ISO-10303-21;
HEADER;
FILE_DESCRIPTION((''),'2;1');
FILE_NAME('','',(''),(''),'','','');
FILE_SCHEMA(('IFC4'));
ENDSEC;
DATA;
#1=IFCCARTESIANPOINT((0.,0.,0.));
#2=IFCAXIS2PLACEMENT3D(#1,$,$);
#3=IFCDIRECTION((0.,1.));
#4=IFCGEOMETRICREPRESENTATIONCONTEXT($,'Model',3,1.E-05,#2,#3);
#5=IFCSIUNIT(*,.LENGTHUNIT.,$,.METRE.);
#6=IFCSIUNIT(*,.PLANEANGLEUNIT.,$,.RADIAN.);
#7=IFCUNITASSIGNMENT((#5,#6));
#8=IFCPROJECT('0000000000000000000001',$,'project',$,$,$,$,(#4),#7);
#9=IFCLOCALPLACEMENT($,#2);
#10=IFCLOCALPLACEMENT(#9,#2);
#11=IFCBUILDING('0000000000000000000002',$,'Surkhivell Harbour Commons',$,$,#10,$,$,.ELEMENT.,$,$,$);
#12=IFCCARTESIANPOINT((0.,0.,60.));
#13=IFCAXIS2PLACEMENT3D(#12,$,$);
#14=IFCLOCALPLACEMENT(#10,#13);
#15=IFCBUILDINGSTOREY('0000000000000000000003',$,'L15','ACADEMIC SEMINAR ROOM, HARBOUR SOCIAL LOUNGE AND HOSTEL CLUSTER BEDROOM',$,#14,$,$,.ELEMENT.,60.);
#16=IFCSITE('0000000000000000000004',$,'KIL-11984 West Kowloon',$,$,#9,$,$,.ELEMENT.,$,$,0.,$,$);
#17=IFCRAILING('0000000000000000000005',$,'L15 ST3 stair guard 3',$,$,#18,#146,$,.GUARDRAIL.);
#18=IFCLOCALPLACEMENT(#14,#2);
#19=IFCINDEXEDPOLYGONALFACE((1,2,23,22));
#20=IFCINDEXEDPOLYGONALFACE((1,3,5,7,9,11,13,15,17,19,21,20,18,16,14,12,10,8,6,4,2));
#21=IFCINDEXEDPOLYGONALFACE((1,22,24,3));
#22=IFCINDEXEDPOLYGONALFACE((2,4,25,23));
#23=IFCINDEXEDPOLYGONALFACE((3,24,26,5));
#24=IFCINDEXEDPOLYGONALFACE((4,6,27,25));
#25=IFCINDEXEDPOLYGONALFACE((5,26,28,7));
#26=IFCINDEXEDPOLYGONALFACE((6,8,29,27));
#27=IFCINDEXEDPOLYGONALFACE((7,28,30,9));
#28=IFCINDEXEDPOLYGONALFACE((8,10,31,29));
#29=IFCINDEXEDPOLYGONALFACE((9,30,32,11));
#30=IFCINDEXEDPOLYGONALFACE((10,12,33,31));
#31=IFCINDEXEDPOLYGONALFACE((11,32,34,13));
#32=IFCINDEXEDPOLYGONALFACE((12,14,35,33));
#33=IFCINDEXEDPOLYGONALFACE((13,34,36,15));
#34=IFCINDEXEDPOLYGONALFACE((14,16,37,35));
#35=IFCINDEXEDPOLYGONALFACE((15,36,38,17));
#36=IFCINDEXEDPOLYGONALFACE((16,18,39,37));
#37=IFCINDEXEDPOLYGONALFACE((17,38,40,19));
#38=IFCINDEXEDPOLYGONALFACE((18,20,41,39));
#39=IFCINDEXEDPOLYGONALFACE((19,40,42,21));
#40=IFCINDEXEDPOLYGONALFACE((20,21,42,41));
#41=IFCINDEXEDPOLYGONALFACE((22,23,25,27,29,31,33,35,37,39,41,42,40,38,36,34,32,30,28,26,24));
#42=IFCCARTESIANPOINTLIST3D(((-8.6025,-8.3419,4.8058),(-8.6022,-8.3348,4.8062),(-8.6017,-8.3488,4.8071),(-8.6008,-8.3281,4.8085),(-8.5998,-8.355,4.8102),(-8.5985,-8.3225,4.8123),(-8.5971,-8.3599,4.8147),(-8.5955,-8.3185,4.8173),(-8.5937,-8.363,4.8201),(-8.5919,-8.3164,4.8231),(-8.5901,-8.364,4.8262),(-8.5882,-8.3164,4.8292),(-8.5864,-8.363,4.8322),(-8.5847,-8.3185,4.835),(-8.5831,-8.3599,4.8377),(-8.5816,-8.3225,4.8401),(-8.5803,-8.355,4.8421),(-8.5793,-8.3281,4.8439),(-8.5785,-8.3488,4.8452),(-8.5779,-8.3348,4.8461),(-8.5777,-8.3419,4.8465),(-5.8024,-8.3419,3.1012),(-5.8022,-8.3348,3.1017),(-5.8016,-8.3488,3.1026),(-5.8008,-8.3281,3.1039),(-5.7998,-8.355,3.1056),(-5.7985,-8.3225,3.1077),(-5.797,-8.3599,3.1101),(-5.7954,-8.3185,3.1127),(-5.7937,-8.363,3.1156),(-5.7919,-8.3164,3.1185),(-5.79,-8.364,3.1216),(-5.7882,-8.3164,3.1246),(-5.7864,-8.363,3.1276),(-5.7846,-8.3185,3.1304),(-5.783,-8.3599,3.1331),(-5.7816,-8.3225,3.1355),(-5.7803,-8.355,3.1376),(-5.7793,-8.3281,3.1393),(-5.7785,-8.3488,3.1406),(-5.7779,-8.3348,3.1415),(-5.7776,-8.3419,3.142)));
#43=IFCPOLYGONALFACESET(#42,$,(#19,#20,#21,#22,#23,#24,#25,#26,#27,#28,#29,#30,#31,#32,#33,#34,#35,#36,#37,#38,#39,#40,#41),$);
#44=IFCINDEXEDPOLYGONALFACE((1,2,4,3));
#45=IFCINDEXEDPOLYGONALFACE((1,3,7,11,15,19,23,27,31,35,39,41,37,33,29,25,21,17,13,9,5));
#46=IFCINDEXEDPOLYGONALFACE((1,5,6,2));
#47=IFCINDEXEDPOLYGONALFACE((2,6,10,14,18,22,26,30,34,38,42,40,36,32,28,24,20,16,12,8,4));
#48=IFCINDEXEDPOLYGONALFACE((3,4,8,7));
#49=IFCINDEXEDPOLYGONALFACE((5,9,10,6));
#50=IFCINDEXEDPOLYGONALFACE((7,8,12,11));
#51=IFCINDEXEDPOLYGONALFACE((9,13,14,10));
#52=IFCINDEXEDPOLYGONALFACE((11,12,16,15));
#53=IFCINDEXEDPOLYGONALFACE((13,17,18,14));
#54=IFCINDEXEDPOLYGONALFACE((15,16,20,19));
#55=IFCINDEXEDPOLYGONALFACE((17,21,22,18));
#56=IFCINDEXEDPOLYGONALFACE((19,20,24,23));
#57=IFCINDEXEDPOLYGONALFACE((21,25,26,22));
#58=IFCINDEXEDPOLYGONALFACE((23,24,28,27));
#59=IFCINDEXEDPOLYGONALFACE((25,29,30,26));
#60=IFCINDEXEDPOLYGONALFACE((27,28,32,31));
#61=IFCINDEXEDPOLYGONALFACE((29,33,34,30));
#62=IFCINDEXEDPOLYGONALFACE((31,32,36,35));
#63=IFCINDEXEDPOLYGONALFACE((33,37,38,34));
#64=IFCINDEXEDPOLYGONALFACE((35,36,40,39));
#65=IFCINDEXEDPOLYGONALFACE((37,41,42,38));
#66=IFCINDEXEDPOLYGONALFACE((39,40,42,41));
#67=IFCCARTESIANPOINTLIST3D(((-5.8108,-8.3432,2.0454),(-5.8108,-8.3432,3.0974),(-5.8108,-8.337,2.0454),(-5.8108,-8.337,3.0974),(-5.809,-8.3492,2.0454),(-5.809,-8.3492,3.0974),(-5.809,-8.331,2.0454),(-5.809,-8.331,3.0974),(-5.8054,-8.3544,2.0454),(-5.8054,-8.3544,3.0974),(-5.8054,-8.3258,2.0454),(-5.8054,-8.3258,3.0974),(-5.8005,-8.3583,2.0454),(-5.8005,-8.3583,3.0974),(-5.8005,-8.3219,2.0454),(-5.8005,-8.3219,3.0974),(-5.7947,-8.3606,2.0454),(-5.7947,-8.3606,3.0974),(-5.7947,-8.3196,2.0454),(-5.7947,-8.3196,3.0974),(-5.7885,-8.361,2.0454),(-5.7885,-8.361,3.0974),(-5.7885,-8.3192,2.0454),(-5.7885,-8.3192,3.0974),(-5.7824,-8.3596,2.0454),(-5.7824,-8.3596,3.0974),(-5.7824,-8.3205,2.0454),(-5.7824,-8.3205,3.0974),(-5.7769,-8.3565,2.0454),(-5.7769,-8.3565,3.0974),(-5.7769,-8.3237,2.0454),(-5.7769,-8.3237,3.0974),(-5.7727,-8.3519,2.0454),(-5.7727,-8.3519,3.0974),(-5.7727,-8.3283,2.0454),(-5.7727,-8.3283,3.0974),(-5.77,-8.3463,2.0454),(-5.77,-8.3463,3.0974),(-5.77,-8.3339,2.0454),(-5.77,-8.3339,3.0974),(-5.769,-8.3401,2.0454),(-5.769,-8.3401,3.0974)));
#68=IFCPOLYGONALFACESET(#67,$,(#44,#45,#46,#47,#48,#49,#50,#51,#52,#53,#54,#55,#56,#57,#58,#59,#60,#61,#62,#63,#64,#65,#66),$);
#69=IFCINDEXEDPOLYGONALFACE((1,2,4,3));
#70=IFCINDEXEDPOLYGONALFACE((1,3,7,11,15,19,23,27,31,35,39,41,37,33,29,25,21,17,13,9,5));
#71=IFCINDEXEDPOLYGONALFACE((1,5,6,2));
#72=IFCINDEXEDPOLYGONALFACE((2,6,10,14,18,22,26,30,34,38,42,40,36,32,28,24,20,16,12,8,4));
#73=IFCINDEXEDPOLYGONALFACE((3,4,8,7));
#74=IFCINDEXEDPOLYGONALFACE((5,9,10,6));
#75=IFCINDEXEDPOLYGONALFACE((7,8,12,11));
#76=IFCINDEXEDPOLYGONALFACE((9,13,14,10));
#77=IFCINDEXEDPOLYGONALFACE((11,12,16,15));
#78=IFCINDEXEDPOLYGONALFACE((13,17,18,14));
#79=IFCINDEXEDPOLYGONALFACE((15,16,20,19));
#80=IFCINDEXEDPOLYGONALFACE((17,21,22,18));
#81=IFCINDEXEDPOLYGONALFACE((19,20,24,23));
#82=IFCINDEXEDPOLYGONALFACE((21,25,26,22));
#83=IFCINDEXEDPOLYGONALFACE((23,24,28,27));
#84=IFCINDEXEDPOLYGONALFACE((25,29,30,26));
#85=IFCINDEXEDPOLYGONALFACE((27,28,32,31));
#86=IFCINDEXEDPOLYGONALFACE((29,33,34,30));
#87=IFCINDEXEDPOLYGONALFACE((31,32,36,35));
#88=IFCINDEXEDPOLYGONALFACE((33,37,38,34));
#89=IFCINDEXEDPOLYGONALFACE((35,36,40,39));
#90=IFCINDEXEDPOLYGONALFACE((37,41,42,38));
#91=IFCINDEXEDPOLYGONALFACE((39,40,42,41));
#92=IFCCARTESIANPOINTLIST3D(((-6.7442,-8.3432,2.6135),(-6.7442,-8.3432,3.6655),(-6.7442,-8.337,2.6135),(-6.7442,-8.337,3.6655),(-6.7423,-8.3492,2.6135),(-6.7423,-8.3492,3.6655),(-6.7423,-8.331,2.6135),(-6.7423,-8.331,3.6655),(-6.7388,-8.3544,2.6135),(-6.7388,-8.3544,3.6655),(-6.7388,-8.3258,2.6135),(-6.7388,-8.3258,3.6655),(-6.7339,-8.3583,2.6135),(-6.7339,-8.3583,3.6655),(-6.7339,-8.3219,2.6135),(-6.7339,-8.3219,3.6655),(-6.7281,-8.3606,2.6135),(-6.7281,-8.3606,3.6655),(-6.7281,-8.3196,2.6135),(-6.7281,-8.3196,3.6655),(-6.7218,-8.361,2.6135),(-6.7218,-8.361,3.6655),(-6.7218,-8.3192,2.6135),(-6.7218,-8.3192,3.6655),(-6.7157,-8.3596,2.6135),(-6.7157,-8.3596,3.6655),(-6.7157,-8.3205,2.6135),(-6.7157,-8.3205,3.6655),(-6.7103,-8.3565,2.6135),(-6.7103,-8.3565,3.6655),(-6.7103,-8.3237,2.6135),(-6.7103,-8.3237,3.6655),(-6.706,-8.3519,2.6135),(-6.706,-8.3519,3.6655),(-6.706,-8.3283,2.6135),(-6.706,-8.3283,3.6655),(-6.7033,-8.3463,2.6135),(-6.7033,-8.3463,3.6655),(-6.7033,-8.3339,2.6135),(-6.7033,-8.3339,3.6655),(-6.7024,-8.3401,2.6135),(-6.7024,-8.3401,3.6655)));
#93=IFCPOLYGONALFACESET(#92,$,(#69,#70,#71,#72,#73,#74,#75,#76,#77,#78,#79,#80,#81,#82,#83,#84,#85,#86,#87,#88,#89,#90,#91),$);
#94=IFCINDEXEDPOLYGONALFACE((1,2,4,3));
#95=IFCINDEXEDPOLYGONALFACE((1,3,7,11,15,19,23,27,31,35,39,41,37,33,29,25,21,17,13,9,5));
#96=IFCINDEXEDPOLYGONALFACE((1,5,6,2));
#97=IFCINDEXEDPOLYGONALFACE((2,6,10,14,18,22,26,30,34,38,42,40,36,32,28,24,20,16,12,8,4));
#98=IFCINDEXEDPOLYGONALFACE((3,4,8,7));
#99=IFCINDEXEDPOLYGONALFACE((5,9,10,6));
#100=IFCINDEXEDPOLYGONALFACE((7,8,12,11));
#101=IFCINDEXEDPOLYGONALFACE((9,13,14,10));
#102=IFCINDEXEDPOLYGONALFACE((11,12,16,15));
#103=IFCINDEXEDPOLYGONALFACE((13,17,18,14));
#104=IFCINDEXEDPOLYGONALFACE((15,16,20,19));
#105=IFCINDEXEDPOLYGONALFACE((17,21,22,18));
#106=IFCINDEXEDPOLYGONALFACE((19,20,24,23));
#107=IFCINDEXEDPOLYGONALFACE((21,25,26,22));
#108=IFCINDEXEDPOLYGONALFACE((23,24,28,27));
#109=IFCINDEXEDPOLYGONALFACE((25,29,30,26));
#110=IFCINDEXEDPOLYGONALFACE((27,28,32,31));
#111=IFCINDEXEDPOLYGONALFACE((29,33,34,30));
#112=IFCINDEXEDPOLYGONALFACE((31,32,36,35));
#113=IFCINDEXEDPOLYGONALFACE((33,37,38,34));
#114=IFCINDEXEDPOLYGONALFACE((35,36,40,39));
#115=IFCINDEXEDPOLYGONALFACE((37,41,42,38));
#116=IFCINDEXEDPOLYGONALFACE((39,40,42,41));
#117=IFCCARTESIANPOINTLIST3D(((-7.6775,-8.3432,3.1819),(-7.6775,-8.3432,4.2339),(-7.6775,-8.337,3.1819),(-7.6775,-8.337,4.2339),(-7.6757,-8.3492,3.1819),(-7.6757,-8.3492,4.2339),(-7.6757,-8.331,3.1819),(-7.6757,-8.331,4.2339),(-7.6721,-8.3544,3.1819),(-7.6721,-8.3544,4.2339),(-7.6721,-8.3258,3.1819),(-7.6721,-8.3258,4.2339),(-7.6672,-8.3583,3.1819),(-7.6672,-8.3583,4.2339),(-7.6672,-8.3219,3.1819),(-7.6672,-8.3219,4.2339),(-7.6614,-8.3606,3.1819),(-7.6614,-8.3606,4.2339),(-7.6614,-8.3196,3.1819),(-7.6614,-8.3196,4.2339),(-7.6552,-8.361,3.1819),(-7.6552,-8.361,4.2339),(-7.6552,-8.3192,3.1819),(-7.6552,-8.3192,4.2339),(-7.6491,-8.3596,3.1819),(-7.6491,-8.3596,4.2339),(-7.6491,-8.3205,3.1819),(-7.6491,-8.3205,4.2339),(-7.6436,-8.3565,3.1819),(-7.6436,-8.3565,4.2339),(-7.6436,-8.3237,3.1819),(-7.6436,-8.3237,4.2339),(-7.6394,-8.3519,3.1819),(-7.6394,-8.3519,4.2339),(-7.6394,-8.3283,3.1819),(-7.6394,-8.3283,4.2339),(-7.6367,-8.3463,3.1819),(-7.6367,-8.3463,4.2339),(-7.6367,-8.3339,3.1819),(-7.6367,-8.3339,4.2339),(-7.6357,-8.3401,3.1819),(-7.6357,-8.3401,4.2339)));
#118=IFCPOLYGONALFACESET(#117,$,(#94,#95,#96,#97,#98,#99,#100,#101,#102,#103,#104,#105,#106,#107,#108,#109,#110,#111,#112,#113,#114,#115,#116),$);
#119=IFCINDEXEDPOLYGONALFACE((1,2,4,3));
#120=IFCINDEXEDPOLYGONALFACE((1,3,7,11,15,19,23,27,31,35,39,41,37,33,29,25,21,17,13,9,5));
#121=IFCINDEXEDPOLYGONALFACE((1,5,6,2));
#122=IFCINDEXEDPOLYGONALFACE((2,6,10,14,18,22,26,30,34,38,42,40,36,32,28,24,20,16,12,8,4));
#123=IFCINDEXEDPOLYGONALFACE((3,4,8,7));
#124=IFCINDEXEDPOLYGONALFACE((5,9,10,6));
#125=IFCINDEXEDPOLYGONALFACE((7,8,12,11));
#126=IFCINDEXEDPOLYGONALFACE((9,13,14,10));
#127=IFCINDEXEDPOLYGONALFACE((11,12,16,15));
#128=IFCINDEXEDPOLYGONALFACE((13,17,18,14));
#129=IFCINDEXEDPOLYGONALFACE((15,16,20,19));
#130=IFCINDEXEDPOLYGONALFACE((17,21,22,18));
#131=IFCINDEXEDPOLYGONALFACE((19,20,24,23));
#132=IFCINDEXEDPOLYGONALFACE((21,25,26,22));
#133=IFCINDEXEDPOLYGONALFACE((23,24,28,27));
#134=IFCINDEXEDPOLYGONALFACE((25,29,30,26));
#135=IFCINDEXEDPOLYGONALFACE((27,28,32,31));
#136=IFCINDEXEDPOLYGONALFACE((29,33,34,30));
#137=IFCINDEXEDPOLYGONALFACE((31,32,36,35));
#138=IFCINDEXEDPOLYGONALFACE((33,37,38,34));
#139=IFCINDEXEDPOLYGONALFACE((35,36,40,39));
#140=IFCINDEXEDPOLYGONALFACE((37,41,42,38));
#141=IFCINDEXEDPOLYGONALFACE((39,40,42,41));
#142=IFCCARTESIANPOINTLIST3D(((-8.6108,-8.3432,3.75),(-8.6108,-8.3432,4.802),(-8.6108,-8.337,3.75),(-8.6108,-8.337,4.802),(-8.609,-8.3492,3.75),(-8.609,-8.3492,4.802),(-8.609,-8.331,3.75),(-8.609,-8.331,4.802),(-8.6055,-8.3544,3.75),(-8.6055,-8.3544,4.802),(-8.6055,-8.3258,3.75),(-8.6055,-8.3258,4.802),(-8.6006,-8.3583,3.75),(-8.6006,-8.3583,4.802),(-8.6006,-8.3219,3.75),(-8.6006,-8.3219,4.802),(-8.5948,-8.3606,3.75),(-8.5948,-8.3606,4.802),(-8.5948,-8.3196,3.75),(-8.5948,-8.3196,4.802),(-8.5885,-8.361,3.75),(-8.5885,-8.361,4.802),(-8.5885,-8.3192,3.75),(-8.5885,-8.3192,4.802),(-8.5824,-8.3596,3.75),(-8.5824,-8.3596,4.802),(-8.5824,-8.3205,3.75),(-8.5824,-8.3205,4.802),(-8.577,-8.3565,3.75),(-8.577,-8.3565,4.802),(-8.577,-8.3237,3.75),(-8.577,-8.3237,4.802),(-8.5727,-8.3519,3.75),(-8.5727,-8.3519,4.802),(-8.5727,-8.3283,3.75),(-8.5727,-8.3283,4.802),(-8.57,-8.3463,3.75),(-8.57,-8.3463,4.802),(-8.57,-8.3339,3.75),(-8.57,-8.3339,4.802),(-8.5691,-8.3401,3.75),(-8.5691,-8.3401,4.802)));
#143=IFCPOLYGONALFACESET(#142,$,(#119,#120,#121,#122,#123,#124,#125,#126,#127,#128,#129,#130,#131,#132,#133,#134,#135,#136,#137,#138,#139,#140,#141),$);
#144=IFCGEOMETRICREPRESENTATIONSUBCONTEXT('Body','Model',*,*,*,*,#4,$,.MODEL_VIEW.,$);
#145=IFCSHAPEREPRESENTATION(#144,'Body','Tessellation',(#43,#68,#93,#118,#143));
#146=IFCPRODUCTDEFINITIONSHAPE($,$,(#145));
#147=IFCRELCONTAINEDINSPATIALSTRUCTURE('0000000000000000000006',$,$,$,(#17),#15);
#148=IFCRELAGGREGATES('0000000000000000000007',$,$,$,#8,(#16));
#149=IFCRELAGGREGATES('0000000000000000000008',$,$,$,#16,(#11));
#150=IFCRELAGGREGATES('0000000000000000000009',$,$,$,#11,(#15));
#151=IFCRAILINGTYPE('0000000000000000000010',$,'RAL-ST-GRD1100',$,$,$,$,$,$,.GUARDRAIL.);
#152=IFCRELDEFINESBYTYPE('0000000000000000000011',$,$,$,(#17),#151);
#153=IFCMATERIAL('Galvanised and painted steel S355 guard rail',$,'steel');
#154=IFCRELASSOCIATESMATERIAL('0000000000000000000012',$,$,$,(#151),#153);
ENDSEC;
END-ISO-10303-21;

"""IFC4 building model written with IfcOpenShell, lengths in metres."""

from ifc_helpers import new_model, si_unit, direction, frame, origin, origin_2d, place, context, subcontext, project, spatial, circle, extrude, material, type_object, element, save


model = new_model("IFC4")

# Units and contexts
model_context = context("Model", 3, precision=1e-05, world=origin(), true_north=direction((0.0, 1.0)))
body_context = subcontext(model_context, "Body", "Model", "MODEL_VIEW")
ifc_project = project(units=[si_unit("LENGTHUNIT", "METRE"), si_unit("PLANEANGLEUNIT", "RADIAN")], contexts=[model_context])

# Site, building, storey
site_placement = place(None, origin())
site = spatial("IfcSite", under=ifc_project, at=site_placement, Name="KIL-11984 West Kowloon", CompositionType="ELEMENT", RefElevation=0.0)
building_placement = place(site_placement, origin())
building = spatial("IfcBuilding", under=site, at=building_placement, Name="Surkhivell Harbour Commons", CompositionType="ELEMENT")
storey_placement = place(building_placement, frame((0.0, 0.0, 60.0)))
storey = spatial("IfcBuildingStorey", under=building, at=storey_placement, Name="L15", Description="ACADEMIC SEMINAR ROOM, HARBOUR SOCIAL LOUNGE AND HOSTEL CLUSTER BEDROOM", CompositionType="ELEMENT", Elevation=60.0)

# Railing
ifc_material_1 = material(Name="Galvanised and painted steel S355 guard rail", Category="steel")
railing_type_1 = type_object("IfcRailingType", Name="RAL-ST-GRD1100", PredefinedType="GUARDRAIL", material=ifc_material_1)
railing_1_placement = place(storey_placement, frame((-5.79, -8.3401, 2.0454)))
element("IfcRailing", 1, at=railing_1_placement, inside=storey, type_object=railing_type_1, Name="L15 ST3 stair guard 3", PredefinedType="GUARDRAIL", context=body_context, shape_type="SweptSolid", body=[
    extrude(circle(Radius=0.0239, at=origin_2d()), frame((0.0, 0.0, 1.0762), z_axis=(-0.85417, 0.0, 0.519994), x_axis=(0.0, -1.0, 0.0)), (0.0, 0.0, 1.0), 3.2781),
    extrude(circle(Radius=0.021, at=origin_2d()), origin(), (0.0, 0.0, 1.0), 1.052),
    extrude(circle(Radius=0.021, at=origin_2d()), frame((-0.9333, 0.0, 0.5681)), (0.0, 0.0, 1.0), 1.052),
    extrude(circle(Radius=0.021, at=origin_2d()), frame((-1.8667, 0.0, 1.1365)), (0.0, 0.0, 1.0), 1.052),
    extrude(circle(Radius=0.021, at=origin_2d()), frame((-2.8, 0.0, 1.7046)), (0.0, 0.0, 1.0), 1.052),
])

save(model, "model.ifc")
